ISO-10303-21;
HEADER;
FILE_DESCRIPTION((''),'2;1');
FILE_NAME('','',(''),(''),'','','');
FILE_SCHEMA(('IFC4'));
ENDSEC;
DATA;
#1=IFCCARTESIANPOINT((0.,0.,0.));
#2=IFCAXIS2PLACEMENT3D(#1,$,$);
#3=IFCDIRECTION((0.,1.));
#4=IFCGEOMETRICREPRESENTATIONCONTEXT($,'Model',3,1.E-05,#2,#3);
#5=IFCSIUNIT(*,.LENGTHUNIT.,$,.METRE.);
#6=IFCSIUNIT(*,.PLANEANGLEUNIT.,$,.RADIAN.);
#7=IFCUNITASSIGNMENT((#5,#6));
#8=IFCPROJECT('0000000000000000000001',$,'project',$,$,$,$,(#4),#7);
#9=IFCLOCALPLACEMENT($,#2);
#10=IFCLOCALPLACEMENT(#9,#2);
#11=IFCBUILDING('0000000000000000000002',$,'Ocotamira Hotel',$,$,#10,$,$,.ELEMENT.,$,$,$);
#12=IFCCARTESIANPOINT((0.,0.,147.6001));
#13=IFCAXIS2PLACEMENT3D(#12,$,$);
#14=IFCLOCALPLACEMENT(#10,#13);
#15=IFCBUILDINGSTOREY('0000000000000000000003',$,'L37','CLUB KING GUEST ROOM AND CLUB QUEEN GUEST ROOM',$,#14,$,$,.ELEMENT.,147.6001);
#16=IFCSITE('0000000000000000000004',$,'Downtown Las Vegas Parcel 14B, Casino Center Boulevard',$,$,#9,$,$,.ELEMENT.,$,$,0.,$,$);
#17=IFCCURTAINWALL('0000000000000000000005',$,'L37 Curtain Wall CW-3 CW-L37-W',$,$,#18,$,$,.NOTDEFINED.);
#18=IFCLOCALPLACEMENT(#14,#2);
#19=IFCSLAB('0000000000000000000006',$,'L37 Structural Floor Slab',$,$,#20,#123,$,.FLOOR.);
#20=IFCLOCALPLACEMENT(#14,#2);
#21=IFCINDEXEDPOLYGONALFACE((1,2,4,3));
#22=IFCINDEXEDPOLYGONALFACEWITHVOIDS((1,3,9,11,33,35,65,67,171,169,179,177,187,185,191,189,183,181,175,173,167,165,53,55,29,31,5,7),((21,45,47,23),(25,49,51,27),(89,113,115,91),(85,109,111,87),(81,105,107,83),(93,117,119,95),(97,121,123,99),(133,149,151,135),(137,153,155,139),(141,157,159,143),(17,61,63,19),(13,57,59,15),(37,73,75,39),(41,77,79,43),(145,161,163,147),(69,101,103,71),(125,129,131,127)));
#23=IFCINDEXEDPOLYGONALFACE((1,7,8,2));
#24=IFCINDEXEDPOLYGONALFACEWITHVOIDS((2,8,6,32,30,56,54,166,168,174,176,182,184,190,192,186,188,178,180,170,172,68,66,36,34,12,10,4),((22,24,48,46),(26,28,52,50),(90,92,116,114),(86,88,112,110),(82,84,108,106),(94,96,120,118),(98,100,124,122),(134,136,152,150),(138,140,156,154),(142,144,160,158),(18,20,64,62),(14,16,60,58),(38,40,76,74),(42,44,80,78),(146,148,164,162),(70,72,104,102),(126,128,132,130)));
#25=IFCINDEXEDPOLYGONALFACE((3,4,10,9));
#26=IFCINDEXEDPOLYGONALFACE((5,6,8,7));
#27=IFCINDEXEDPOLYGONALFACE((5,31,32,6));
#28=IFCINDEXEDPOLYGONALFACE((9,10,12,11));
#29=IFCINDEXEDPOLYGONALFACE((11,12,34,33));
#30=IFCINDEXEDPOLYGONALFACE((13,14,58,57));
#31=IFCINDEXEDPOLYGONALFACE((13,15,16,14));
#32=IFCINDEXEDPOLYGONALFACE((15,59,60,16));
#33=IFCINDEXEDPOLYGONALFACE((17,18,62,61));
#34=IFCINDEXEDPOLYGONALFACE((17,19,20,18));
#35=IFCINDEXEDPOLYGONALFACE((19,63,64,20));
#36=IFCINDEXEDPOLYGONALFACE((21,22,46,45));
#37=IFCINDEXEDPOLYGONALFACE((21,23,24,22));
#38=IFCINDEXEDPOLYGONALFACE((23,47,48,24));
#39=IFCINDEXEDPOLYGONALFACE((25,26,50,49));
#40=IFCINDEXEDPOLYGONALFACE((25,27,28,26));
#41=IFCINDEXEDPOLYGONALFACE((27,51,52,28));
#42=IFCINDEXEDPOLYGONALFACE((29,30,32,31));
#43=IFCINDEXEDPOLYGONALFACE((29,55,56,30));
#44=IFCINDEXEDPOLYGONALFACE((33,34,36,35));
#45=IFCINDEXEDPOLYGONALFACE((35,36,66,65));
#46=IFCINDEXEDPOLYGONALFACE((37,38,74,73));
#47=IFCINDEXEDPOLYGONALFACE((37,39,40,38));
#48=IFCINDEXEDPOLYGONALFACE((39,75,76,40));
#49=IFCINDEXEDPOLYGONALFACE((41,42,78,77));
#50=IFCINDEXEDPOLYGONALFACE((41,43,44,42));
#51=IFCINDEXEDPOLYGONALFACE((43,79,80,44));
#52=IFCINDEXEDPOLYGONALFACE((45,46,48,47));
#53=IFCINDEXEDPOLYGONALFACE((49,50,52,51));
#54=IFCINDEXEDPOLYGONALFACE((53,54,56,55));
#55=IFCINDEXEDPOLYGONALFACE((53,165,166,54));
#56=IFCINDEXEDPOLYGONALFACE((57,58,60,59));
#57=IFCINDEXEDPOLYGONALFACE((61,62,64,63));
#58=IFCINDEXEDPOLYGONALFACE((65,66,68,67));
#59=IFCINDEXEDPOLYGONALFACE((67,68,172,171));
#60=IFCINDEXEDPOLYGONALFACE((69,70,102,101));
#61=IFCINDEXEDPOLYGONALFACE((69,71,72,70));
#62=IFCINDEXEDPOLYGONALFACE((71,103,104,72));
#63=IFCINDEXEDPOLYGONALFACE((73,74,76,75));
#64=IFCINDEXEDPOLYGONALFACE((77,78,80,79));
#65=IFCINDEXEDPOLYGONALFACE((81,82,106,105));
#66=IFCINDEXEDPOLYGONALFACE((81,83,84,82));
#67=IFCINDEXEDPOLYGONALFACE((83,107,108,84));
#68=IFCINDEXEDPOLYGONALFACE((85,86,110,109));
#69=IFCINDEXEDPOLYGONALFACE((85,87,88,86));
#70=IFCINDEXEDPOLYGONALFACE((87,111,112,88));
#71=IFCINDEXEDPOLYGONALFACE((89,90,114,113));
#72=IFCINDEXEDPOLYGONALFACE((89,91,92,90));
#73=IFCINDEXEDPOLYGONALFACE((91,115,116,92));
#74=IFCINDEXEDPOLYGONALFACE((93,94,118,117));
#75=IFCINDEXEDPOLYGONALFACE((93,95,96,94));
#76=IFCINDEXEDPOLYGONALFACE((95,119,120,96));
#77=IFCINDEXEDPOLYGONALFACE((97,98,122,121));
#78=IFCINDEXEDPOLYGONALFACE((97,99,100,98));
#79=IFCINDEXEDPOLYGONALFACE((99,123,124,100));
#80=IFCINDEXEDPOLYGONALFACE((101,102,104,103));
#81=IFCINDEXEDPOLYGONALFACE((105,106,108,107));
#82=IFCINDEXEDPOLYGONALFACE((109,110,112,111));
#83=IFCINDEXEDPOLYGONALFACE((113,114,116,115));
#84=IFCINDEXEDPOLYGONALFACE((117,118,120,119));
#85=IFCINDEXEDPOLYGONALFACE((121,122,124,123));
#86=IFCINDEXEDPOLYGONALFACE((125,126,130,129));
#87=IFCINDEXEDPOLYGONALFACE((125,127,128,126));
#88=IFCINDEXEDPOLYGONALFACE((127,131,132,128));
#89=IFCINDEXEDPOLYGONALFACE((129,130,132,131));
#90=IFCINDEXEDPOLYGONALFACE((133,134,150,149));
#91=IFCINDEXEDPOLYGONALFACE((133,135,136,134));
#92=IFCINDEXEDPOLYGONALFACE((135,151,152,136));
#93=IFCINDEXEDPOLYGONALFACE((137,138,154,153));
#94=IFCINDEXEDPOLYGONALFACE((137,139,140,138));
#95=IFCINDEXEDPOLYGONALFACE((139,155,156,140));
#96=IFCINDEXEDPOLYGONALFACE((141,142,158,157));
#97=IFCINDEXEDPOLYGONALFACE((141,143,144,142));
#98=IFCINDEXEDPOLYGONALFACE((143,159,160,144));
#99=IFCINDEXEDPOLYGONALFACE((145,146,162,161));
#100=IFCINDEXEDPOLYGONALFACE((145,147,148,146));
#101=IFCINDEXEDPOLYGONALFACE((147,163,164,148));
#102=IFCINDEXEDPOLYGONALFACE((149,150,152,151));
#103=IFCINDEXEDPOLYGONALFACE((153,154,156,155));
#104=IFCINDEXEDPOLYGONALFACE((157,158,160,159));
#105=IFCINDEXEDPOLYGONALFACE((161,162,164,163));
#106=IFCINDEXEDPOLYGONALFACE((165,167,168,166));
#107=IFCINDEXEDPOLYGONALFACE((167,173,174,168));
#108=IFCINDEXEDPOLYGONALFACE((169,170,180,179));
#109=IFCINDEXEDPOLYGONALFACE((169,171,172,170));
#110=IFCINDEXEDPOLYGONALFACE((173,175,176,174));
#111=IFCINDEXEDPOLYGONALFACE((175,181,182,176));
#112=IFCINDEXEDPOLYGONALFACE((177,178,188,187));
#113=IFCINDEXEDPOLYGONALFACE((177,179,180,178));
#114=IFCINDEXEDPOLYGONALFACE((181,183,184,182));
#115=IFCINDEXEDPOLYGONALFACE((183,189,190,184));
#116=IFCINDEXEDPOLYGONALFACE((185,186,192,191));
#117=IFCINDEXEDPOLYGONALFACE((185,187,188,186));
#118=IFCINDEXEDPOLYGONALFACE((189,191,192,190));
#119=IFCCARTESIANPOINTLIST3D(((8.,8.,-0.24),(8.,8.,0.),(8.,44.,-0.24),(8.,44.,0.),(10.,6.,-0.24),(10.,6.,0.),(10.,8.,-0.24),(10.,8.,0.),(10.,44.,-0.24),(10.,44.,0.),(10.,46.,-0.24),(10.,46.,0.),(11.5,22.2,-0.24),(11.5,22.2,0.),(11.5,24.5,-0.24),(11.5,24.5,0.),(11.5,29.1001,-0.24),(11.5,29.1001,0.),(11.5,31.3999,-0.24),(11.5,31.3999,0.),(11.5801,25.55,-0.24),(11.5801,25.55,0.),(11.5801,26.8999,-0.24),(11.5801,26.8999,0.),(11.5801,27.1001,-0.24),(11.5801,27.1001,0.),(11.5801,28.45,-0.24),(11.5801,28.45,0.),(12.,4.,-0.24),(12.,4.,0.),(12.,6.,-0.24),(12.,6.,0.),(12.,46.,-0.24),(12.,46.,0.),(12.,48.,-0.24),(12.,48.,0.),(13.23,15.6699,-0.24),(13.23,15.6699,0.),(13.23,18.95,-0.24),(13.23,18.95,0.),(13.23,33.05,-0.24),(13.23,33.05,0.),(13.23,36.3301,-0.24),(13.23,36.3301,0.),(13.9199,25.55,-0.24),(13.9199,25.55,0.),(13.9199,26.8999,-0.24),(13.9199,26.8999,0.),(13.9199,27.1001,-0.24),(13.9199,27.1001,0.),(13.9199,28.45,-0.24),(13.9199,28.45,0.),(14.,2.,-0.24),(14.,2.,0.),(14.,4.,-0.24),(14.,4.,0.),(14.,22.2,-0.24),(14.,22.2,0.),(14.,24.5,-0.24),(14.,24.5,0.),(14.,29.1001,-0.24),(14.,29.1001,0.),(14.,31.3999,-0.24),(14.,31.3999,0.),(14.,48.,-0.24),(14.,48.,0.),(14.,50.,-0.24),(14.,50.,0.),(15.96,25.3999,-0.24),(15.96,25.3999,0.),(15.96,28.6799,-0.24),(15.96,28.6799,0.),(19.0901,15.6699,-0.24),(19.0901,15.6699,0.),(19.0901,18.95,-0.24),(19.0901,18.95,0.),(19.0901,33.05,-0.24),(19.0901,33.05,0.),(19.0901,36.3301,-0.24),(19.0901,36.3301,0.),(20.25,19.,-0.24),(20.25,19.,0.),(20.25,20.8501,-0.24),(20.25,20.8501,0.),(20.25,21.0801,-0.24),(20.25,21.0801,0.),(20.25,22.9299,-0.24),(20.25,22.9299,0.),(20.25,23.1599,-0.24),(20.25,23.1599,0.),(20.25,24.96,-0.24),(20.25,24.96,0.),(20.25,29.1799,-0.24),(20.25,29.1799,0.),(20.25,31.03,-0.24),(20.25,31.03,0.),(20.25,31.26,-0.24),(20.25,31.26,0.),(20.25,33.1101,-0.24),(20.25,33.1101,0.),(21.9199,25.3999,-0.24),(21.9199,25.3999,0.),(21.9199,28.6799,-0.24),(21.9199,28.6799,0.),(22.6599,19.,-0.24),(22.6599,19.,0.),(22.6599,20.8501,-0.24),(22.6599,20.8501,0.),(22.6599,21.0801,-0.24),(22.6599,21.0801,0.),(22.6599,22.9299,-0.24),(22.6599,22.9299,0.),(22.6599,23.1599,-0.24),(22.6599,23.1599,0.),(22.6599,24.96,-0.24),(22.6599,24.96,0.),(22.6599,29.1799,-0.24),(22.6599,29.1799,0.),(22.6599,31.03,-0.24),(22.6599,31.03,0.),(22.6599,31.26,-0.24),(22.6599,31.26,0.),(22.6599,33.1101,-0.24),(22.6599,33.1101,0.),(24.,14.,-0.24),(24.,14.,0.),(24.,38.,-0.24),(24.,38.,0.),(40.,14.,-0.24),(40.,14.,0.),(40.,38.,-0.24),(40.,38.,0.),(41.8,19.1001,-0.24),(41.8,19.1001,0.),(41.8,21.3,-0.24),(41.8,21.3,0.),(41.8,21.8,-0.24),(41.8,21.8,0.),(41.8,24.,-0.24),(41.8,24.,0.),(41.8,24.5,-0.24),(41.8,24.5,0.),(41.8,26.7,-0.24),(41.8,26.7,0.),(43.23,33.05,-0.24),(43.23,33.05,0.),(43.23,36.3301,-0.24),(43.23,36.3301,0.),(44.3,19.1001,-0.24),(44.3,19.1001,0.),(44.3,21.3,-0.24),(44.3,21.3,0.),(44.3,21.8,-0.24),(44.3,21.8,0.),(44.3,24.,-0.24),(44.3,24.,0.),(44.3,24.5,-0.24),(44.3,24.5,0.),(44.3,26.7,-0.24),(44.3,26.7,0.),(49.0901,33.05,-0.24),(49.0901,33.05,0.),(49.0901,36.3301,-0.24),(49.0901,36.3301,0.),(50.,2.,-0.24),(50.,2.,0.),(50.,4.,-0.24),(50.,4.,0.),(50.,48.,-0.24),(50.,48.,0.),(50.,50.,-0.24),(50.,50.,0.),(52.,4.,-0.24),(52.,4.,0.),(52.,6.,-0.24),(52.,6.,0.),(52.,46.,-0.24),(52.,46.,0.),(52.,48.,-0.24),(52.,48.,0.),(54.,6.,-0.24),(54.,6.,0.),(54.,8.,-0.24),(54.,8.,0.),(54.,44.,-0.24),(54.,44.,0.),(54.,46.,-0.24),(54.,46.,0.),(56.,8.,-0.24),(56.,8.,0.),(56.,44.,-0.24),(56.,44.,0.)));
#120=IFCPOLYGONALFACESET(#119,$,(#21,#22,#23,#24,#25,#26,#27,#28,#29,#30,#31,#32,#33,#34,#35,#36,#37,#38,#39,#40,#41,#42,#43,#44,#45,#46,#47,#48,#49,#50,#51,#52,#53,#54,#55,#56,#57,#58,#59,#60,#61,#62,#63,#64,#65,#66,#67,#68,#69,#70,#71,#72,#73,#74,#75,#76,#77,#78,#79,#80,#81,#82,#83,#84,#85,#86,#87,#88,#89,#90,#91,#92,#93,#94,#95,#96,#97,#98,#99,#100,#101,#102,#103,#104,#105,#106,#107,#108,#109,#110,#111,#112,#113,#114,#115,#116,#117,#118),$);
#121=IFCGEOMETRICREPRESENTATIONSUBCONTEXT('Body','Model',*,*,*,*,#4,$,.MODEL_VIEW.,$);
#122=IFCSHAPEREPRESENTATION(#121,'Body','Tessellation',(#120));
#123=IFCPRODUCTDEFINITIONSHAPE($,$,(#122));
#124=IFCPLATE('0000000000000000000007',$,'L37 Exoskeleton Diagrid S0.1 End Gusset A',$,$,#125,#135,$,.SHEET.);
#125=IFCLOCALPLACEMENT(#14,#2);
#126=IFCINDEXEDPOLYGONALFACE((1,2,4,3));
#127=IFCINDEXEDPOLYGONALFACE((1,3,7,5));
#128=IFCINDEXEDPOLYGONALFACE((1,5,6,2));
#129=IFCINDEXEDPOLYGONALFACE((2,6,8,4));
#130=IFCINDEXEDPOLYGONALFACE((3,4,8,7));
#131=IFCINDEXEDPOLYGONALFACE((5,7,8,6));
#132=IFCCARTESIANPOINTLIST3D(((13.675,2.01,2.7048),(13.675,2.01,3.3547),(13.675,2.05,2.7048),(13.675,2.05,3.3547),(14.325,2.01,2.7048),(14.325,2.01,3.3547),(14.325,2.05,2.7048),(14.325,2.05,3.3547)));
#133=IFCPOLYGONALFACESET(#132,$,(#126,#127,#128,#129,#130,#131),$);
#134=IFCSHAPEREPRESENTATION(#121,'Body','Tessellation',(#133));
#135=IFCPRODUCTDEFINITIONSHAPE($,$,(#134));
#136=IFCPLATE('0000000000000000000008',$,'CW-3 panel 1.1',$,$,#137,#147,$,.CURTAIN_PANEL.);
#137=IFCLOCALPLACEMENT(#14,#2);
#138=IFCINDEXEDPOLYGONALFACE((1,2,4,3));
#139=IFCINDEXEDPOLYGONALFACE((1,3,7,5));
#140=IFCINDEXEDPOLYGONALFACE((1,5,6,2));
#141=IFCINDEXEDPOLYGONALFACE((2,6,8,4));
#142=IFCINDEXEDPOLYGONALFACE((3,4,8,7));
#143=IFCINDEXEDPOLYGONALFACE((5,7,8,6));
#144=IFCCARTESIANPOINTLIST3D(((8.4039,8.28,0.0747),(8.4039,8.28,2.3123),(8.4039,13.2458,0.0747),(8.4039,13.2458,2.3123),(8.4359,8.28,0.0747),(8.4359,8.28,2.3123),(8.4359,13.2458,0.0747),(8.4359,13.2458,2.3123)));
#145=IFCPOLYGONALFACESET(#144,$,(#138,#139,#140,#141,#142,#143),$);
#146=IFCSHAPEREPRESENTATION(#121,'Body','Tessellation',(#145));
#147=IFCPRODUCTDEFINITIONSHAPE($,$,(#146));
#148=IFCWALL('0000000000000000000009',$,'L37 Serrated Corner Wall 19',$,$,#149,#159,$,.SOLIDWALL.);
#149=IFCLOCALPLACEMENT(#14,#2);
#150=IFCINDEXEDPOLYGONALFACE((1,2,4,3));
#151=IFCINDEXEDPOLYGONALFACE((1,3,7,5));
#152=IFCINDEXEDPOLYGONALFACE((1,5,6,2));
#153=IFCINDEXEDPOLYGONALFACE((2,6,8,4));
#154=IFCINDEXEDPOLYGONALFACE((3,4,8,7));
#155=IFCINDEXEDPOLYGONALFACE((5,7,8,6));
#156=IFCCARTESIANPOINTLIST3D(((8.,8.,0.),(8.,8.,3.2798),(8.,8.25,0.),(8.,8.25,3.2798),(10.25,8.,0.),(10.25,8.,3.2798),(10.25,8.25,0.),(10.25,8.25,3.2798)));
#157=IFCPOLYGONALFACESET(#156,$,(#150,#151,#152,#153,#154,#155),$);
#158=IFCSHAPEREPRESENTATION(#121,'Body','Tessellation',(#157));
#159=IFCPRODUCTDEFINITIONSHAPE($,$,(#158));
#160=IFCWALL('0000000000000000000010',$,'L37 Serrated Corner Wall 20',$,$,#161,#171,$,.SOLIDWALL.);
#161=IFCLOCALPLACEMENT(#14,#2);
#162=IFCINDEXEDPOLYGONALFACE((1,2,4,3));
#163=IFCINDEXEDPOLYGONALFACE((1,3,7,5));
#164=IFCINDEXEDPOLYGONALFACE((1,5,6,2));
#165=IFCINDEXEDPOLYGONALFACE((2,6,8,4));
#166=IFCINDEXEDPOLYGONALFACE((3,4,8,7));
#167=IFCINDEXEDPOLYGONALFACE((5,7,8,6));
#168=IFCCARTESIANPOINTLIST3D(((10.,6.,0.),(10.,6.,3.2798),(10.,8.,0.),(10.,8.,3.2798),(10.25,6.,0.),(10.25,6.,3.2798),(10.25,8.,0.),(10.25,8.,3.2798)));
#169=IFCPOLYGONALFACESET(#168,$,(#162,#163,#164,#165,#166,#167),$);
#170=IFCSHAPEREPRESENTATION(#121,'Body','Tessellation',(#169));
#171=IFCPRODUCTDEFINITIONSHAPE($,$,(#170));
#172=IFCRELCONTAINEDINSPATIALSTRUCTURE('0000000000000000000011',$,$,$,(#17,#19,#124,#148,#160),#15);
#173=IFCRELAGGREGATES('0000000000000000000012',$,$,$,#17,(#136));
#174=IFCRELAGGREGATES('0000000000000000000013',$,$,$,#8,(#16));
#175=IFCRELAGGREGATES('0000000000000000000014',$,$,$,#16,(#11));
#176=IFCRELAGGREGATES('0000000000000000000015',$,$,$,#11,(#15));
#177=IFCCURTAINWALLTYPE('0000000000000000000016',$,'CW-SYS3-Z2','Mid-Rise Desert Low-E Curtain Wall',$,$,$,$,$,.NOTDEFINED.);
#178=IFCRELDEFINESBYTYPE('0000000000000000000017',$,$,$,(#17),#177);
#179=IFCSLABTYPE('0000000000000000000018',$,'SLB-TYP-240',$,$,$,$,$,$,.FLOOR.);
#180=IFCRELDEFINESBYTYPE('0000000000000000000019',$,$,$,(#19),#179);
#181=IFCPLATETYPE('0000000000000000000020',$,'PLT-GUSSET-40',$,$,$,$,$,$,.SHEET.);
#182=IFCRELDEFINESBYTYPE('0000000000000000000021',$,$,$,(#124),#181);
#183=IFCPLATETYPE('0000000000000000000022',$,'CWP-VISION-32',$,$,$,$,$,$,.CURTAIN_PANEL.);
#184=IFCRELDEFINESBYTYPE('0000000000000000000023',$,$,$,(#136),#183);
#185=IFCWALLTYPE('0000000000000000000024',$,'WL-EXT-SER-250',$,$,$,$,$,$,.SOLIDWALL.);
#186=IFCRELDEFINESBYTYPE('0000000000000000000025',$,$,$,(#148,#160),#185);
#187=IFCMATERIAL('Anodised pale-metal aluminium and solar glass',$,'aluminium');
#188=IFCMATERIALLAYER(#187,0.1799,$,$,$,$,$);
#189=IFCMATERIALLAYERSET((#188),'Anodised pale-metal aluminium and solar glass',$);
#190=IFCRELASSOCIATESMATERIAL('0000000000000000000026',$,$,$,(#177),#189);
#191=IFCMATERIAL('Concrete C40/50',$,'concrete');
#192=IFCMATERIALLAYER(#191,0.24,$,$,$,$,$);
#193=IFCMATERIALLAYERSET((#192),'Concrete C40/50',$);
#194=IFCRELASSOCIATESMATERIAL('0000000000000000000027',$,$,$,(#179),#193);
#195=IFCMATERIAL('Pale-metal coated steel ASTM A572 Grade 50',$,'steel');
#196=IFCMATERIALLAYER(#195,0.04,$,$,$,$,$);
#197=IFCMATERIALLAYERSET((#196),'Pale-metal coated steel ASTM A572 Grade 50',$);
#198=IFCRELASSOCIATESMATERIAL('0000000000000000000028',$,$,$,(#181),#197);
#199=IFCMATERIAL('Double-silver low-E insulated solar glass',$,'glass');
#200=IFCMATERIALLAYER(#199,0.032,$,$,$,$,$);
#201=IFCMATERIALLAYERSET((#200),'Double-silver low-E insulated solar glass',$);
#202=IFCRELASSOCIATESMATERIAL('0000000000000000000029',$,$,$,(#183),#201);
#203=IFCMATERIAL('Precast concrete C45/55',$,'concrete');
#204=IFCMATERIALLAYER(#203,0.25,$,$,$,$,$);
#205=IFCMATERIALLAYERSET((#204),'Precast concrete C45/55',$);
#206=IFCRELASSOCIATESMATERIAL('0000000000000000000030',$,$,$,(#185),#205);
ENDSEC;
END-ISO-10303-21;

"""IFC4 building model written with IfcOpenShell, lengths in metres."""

from ifc_helpers import new_model, si_unit, direction, frame, frame_2d, origin, origin_2d, place, context, subcontext, project, spatial, polyline, rectangle, outline, extrude, source, transform, mapped, material, layer, layer_set, type_object, element, aggregate, save


model = new_model("IFC4")

# Units and contexts
model_context = context("Model", 3, precision=1e-05, world=origin(), true_north=direction((0.0, 1.0)))
body_context = subcontext(model_context, "Body", "Model", "MODEL_VIEW")
ifc_project = project(units=[si_unit("LENGTHUNIT", "METRE"), si_unit("PLANEANGLEUNIT", "RADIAN")], contexts=[model_context])

# Site, building, storey
site_placement = place(None, origin())
site = spatial("IfcSite", under=ifc_project, at=site_placement, Name="Downtown Las Vegas Parcel 14B, Casino Center Boulevard", CompositionType="ELEMENT", RefElevation=0.0)
building_placement = place(site_placement, origin())
building = spatial("IfcBuilding", under=site, at=building_placement, Name="Ocotamira Hotel", CompositionType="ELEMENT")
storey_placement = place(building_placement, frame((0.0, 0.0, 147.6001)))
storey = spatial("IfcBuildingStorey", under=building, at=storey_placement, Name="L37", Description="CLUB KING GUEST ROOM AND CLUB QUEEN GUEST ROOM", CompositionType="ELEMENT", Elevation=147.6001)

# Curtain wall
ifc_material_1 = material(Name="Anodised pale-metal aluminium and solar glass", Category="aluminium")
ifc_layer_1 = layer(ifc_material_1, 0.1799)
ifc_layer_set_1 = layer_set([ifc_layer_1], Name="Anodised pale-metal aluminium and solar glass")
curtain_wall_type = type_object("IfcCurtainWallType", Name="CW-SYS3-Z2", Description="Mid-Rise Desert Low-E Curtain Wall", PredefinedType="NOTDEFINED", material=ifc_layer_set_1)
curtain_wall_1_placement = place(storey_placement, origin())
curtain_wall_1 = element("IfcCurtainWall", 1, at=curtain_wall_1_placement, inside=storey, type_object=curtain_wall_type, Name="L37 Curtain Wall CW-3 CW-L37-W", PredefinedType="NOTDEFINED")

# Shared definitions
ifc_material_2 = material(Name="Concrete C40/50", Category="concrete")

# Slab
ifc_layer_2 = layer(ifc_material_2, 0.24)
ifc_layer_set_2 = layer_set([ifc_layer_2], Name="Concrete C40/50")
slab_type_1 = type_object("IfcSlabType", Name="SLB-TYP-240", PredefinedType="FLOOR", material=ifc_layer_set_2)
slab_1_placement = place(storey_placement, frame((0.0, 0.0, -0.24)))
element("IfcSlab", 2, at=slab_1_placement, inside=storey, type_object=slab_type_1, Name="L37 Structural Floor Slab", PredefinedType="FLOOR", context=body_context, shape_type="SweptSolid", body=[
    extrude(outline(polyline([(14.0, 2.0), (50.0, 2.0), (50.0, 4.0), (52.0, 4.0), (52.0, 6.0), (54.0, 6.0), (54.0, 8.0), (56.0, 8.0), (56.0, 44.0), (54.0, 44.0), (54.0, 46.0), (52.0, 46.0), (52.0, 48.0), (50.0, 48.0), (50.0, 50.0), (14.0, 50.0), (14.0, 48.0), (12.0, 48.0), (12.0, 46.0), (10.0, 46.0), (10.0, 44.0), (8.0, 44.0), (8.0, 8.0), (10.0, 8.0), (10.0, 6.0), (12.0, 6.0), (12.0, 4.0), (14.0, 4.0), (14.0, 2.0)]), holes=[polyline([(24.0, 14.0), (40.0, 14.0), (40.0, 38.0), (24.0, 38.0), (24.0, 14.0)]), polyline([(13.23, 15.6699), (19.0901, 15.6699), (19.0901, 18.95), (13.23, 18.95), (13.23, 15.6699)]), polyline([(13.23, 33.05), (19.0901, 33.05), (19.0901, 36.3301), (13.23, 36.3301), (13.23, 33.05)]), polyline([(15.96, 25.3999), (21.9199, 25.3999), (21.9199, 28.6799), (15.96, 28.6799), (15.96, 25.3999)]), polyline([(43.23, 33.05), (49.0901, 33.05), (49.0901, 36.3301), (43.23, 36.3301), (43.23, 33.05)]), polyline([(41.8, 19.1001), (44.3, 19.1001), (44.3, 21.3), (41.8, 21.3), (41.8, 19.1001)]), polyline([(41.8, 21.8), (44.3, 21.8), (44.3, 24.0), (41.8, 24.0), (41.8, 21.8)]), polyline([(41.8, 24.5), (44.3, 24.5), (44.3, 26.7), (41.8, 26.7), (41.8, 24.5)]), polyline([(20.25, 19.0), (22.6599, 19.0), (22.6599, 20.8501), (20.25, 20.8501), (20.25, 19.0)]), polyline([(20.25, 21.0801), (22.6599, 21.0801), (22.6599, 22.9299), (20.25, 22.9299), (20.25, 21.0801)]), polyline([(20.25, 23.1599), (22.6599, 23.1599), (22.6599, 24.96), (20.25, 24.96), (20.25, 23.1599)]), polyline([(20.25, 29.1799), (22.6599, 29.1799), (22.6599, 31.03), (20.25, 31.03), (20.25, 29.1799)]), polyline([(20.25, 31.26), (22.6599, 31.26), (22.6599, 33.1101), (20.25, 33.1101), (20.25, 31.26)]), polyline([(11.5, 22.2), (14.0, 22.2), (14.0, 24.5), (11.5, 24.5), (11.5, 22.2)]), polyline([(11.5, 29.1001), (14.0, 29.1001), (14.0, 31.3999), (11.5, 31.3999), (11.5, 29.1001)]), polyline([(11.5801, 25.55), (13.9199, 25.55), (13.9199, 26.8999), (11.5801, 26.8999), (11.5801, 25.55)]), polyline([(11.5801, 27.1001), (13.9199, 27.1001), (13.9199, 28.45), (11.5801, 28.45), (11.5801, 27.1001)])]), origin(), (0.0, 0.0, 1.0), 0.24),
])

# Plates
ifc_material_3 = material(Name="Pale-metal coated steel ASTM A572 Grade 50", Category="steel")
ifc_layer_3 = layer(ifc_material_3, 0.04)
ifc_layer_set_3 = layer_set([ifc_layer_3], Name="Pale-metal coated steel ASTM A572 Grade 50")
plate_type_1 = type_object("IfcPlateType", Name="PLT-GUSSET-40", PredefinedType="SHEET", material=ifc_layer_set_3)
shared_shape_1 = source(origin(), body_context, "Body", "SweptSolid", [
    extrude(rectangle(XDim=0.6499, YDim=0.04, at=origin_2d()), origin(), (0.0, 0.0, 1.0), 0.6499),
])
plate_1_placement = place(storey_placement, frame((14.0, 2.03, 2.7048), z_axis=(0.0, 0.0, 1.0), x_axis=(1.0, 0.0, 0.0)))
element("IfcPlate", 3, at=plate_1_placement, inside=storey, type_object=plate_type_1, Name="L37 Exoskeleton Diagrid S0.1 End Gusset A", PredefinedType="SHEET", context=body_context, shape_type="MappedRepresentation", body=[
    mapped(shared_shape_1, transform((0.0, 0.0, 0.0), scale=1.0)),
])
ifc_material_4 = material(Name="Double-silver low-E insulated solar glass", Category="glass")
ifc_layer_4 = layer(ifc_material_4, 0.032)
ifc_layer_set_4 = layer_set([ifc_layer_4], Name="Double-silver low-E insulated solar glass")
plate_type_2 = type_object("IfcPlateType", Name="CWP-VISION-32", PredefinedType="CURTAIN_PANEL", material=ifc_layer_set_4)
shared_shape_2 = source(origin(), body_context, "Body", "SweptSolid", [
    extrude(rectangle(XDim=4.9658, YDim=0.032, at=origin_2d()), origin(), (0.0, 0.0, 1.0), 2.2375),
])
plate_2_placement = place(storey_placement, frame((8.4199, 10.7629, 0.0747), z_axis=(0.0, 0.0, 1.0), x_axis=(0.0, 1.0, 0.0)))
plate_2 = element("IfcPlate", 4, at=plate_2_placement, type_object=plate_type_2, Name="CW-3 panel 1.1", PredefinedType="CURTAIN_PANEL", context=body_context, shape_type="MappedRepresentation", body=[
    mapped(shared_shape_2, transform((0.0, 0.0, 0.0), scale=1.0)),
])
aggregate(curtain_wall_1, [plate_2])

# Walls
ifc_material_5 = material(Name="Precast concrete C45/55", Category="concrete")
ifc_layer_5 = layer(ifc_material_5, 0.25)
ifc_layer_set_5 = layer_set([ifc_layer_5], Name="Precast concrete C45/55")
wall_type_1 = type_object("IfcWallType", Name="WL-EXT-SER-250", PredefinedType="SOLIDWALL", material=ifc_layer_set_5)
wall_1_placement = place(storey_placement, frame((8.0, 8.125, 0.0), z_axis=(0.0, 0.0, 1.0), x_axis=(1.0, 0.0, 0.0)))
element("IfcWall", 5, at=wall_1_placement, inside=storey, type_object=wall_type_1, Name="L37 Serrated Corner Wall 19", PredefinedType="SOLIDWALL", context=body_context, shape_type="SweptSolid", body=[
    extrude(rectangle(XDim=2.25, YDim=0.25, at=frame_2d((1.125, 0.0))), origin(), (0.0, 0.0, 1.0), 3.2798),
])
for number, where, z_axis, x_axis, name in (
    (6, (10.125, 8.0, 0.0), (0.0, 0.0, 1.0), (0.0, -1.0, 0.0), "L37 Serrated Corner Wall 20"),
):
    element("IfcWall", number, at=place(storey_placement, frame(where, z_axis=z_axis, x_axis=x_axis)), inside=storey, type_object=wall_type_1, Name=name, PredefinedType="SOLIDWALL", context=body_context, shape_type="SweptSolid", body=[
        extrude(rectangle(XDim=2.0, YDim=0.25, at=frame_2d((1.0, 0.0))), origin(), (0.0, 0.0, 1.0), 3.2798),
    ])

save(model, "model.ifc")
